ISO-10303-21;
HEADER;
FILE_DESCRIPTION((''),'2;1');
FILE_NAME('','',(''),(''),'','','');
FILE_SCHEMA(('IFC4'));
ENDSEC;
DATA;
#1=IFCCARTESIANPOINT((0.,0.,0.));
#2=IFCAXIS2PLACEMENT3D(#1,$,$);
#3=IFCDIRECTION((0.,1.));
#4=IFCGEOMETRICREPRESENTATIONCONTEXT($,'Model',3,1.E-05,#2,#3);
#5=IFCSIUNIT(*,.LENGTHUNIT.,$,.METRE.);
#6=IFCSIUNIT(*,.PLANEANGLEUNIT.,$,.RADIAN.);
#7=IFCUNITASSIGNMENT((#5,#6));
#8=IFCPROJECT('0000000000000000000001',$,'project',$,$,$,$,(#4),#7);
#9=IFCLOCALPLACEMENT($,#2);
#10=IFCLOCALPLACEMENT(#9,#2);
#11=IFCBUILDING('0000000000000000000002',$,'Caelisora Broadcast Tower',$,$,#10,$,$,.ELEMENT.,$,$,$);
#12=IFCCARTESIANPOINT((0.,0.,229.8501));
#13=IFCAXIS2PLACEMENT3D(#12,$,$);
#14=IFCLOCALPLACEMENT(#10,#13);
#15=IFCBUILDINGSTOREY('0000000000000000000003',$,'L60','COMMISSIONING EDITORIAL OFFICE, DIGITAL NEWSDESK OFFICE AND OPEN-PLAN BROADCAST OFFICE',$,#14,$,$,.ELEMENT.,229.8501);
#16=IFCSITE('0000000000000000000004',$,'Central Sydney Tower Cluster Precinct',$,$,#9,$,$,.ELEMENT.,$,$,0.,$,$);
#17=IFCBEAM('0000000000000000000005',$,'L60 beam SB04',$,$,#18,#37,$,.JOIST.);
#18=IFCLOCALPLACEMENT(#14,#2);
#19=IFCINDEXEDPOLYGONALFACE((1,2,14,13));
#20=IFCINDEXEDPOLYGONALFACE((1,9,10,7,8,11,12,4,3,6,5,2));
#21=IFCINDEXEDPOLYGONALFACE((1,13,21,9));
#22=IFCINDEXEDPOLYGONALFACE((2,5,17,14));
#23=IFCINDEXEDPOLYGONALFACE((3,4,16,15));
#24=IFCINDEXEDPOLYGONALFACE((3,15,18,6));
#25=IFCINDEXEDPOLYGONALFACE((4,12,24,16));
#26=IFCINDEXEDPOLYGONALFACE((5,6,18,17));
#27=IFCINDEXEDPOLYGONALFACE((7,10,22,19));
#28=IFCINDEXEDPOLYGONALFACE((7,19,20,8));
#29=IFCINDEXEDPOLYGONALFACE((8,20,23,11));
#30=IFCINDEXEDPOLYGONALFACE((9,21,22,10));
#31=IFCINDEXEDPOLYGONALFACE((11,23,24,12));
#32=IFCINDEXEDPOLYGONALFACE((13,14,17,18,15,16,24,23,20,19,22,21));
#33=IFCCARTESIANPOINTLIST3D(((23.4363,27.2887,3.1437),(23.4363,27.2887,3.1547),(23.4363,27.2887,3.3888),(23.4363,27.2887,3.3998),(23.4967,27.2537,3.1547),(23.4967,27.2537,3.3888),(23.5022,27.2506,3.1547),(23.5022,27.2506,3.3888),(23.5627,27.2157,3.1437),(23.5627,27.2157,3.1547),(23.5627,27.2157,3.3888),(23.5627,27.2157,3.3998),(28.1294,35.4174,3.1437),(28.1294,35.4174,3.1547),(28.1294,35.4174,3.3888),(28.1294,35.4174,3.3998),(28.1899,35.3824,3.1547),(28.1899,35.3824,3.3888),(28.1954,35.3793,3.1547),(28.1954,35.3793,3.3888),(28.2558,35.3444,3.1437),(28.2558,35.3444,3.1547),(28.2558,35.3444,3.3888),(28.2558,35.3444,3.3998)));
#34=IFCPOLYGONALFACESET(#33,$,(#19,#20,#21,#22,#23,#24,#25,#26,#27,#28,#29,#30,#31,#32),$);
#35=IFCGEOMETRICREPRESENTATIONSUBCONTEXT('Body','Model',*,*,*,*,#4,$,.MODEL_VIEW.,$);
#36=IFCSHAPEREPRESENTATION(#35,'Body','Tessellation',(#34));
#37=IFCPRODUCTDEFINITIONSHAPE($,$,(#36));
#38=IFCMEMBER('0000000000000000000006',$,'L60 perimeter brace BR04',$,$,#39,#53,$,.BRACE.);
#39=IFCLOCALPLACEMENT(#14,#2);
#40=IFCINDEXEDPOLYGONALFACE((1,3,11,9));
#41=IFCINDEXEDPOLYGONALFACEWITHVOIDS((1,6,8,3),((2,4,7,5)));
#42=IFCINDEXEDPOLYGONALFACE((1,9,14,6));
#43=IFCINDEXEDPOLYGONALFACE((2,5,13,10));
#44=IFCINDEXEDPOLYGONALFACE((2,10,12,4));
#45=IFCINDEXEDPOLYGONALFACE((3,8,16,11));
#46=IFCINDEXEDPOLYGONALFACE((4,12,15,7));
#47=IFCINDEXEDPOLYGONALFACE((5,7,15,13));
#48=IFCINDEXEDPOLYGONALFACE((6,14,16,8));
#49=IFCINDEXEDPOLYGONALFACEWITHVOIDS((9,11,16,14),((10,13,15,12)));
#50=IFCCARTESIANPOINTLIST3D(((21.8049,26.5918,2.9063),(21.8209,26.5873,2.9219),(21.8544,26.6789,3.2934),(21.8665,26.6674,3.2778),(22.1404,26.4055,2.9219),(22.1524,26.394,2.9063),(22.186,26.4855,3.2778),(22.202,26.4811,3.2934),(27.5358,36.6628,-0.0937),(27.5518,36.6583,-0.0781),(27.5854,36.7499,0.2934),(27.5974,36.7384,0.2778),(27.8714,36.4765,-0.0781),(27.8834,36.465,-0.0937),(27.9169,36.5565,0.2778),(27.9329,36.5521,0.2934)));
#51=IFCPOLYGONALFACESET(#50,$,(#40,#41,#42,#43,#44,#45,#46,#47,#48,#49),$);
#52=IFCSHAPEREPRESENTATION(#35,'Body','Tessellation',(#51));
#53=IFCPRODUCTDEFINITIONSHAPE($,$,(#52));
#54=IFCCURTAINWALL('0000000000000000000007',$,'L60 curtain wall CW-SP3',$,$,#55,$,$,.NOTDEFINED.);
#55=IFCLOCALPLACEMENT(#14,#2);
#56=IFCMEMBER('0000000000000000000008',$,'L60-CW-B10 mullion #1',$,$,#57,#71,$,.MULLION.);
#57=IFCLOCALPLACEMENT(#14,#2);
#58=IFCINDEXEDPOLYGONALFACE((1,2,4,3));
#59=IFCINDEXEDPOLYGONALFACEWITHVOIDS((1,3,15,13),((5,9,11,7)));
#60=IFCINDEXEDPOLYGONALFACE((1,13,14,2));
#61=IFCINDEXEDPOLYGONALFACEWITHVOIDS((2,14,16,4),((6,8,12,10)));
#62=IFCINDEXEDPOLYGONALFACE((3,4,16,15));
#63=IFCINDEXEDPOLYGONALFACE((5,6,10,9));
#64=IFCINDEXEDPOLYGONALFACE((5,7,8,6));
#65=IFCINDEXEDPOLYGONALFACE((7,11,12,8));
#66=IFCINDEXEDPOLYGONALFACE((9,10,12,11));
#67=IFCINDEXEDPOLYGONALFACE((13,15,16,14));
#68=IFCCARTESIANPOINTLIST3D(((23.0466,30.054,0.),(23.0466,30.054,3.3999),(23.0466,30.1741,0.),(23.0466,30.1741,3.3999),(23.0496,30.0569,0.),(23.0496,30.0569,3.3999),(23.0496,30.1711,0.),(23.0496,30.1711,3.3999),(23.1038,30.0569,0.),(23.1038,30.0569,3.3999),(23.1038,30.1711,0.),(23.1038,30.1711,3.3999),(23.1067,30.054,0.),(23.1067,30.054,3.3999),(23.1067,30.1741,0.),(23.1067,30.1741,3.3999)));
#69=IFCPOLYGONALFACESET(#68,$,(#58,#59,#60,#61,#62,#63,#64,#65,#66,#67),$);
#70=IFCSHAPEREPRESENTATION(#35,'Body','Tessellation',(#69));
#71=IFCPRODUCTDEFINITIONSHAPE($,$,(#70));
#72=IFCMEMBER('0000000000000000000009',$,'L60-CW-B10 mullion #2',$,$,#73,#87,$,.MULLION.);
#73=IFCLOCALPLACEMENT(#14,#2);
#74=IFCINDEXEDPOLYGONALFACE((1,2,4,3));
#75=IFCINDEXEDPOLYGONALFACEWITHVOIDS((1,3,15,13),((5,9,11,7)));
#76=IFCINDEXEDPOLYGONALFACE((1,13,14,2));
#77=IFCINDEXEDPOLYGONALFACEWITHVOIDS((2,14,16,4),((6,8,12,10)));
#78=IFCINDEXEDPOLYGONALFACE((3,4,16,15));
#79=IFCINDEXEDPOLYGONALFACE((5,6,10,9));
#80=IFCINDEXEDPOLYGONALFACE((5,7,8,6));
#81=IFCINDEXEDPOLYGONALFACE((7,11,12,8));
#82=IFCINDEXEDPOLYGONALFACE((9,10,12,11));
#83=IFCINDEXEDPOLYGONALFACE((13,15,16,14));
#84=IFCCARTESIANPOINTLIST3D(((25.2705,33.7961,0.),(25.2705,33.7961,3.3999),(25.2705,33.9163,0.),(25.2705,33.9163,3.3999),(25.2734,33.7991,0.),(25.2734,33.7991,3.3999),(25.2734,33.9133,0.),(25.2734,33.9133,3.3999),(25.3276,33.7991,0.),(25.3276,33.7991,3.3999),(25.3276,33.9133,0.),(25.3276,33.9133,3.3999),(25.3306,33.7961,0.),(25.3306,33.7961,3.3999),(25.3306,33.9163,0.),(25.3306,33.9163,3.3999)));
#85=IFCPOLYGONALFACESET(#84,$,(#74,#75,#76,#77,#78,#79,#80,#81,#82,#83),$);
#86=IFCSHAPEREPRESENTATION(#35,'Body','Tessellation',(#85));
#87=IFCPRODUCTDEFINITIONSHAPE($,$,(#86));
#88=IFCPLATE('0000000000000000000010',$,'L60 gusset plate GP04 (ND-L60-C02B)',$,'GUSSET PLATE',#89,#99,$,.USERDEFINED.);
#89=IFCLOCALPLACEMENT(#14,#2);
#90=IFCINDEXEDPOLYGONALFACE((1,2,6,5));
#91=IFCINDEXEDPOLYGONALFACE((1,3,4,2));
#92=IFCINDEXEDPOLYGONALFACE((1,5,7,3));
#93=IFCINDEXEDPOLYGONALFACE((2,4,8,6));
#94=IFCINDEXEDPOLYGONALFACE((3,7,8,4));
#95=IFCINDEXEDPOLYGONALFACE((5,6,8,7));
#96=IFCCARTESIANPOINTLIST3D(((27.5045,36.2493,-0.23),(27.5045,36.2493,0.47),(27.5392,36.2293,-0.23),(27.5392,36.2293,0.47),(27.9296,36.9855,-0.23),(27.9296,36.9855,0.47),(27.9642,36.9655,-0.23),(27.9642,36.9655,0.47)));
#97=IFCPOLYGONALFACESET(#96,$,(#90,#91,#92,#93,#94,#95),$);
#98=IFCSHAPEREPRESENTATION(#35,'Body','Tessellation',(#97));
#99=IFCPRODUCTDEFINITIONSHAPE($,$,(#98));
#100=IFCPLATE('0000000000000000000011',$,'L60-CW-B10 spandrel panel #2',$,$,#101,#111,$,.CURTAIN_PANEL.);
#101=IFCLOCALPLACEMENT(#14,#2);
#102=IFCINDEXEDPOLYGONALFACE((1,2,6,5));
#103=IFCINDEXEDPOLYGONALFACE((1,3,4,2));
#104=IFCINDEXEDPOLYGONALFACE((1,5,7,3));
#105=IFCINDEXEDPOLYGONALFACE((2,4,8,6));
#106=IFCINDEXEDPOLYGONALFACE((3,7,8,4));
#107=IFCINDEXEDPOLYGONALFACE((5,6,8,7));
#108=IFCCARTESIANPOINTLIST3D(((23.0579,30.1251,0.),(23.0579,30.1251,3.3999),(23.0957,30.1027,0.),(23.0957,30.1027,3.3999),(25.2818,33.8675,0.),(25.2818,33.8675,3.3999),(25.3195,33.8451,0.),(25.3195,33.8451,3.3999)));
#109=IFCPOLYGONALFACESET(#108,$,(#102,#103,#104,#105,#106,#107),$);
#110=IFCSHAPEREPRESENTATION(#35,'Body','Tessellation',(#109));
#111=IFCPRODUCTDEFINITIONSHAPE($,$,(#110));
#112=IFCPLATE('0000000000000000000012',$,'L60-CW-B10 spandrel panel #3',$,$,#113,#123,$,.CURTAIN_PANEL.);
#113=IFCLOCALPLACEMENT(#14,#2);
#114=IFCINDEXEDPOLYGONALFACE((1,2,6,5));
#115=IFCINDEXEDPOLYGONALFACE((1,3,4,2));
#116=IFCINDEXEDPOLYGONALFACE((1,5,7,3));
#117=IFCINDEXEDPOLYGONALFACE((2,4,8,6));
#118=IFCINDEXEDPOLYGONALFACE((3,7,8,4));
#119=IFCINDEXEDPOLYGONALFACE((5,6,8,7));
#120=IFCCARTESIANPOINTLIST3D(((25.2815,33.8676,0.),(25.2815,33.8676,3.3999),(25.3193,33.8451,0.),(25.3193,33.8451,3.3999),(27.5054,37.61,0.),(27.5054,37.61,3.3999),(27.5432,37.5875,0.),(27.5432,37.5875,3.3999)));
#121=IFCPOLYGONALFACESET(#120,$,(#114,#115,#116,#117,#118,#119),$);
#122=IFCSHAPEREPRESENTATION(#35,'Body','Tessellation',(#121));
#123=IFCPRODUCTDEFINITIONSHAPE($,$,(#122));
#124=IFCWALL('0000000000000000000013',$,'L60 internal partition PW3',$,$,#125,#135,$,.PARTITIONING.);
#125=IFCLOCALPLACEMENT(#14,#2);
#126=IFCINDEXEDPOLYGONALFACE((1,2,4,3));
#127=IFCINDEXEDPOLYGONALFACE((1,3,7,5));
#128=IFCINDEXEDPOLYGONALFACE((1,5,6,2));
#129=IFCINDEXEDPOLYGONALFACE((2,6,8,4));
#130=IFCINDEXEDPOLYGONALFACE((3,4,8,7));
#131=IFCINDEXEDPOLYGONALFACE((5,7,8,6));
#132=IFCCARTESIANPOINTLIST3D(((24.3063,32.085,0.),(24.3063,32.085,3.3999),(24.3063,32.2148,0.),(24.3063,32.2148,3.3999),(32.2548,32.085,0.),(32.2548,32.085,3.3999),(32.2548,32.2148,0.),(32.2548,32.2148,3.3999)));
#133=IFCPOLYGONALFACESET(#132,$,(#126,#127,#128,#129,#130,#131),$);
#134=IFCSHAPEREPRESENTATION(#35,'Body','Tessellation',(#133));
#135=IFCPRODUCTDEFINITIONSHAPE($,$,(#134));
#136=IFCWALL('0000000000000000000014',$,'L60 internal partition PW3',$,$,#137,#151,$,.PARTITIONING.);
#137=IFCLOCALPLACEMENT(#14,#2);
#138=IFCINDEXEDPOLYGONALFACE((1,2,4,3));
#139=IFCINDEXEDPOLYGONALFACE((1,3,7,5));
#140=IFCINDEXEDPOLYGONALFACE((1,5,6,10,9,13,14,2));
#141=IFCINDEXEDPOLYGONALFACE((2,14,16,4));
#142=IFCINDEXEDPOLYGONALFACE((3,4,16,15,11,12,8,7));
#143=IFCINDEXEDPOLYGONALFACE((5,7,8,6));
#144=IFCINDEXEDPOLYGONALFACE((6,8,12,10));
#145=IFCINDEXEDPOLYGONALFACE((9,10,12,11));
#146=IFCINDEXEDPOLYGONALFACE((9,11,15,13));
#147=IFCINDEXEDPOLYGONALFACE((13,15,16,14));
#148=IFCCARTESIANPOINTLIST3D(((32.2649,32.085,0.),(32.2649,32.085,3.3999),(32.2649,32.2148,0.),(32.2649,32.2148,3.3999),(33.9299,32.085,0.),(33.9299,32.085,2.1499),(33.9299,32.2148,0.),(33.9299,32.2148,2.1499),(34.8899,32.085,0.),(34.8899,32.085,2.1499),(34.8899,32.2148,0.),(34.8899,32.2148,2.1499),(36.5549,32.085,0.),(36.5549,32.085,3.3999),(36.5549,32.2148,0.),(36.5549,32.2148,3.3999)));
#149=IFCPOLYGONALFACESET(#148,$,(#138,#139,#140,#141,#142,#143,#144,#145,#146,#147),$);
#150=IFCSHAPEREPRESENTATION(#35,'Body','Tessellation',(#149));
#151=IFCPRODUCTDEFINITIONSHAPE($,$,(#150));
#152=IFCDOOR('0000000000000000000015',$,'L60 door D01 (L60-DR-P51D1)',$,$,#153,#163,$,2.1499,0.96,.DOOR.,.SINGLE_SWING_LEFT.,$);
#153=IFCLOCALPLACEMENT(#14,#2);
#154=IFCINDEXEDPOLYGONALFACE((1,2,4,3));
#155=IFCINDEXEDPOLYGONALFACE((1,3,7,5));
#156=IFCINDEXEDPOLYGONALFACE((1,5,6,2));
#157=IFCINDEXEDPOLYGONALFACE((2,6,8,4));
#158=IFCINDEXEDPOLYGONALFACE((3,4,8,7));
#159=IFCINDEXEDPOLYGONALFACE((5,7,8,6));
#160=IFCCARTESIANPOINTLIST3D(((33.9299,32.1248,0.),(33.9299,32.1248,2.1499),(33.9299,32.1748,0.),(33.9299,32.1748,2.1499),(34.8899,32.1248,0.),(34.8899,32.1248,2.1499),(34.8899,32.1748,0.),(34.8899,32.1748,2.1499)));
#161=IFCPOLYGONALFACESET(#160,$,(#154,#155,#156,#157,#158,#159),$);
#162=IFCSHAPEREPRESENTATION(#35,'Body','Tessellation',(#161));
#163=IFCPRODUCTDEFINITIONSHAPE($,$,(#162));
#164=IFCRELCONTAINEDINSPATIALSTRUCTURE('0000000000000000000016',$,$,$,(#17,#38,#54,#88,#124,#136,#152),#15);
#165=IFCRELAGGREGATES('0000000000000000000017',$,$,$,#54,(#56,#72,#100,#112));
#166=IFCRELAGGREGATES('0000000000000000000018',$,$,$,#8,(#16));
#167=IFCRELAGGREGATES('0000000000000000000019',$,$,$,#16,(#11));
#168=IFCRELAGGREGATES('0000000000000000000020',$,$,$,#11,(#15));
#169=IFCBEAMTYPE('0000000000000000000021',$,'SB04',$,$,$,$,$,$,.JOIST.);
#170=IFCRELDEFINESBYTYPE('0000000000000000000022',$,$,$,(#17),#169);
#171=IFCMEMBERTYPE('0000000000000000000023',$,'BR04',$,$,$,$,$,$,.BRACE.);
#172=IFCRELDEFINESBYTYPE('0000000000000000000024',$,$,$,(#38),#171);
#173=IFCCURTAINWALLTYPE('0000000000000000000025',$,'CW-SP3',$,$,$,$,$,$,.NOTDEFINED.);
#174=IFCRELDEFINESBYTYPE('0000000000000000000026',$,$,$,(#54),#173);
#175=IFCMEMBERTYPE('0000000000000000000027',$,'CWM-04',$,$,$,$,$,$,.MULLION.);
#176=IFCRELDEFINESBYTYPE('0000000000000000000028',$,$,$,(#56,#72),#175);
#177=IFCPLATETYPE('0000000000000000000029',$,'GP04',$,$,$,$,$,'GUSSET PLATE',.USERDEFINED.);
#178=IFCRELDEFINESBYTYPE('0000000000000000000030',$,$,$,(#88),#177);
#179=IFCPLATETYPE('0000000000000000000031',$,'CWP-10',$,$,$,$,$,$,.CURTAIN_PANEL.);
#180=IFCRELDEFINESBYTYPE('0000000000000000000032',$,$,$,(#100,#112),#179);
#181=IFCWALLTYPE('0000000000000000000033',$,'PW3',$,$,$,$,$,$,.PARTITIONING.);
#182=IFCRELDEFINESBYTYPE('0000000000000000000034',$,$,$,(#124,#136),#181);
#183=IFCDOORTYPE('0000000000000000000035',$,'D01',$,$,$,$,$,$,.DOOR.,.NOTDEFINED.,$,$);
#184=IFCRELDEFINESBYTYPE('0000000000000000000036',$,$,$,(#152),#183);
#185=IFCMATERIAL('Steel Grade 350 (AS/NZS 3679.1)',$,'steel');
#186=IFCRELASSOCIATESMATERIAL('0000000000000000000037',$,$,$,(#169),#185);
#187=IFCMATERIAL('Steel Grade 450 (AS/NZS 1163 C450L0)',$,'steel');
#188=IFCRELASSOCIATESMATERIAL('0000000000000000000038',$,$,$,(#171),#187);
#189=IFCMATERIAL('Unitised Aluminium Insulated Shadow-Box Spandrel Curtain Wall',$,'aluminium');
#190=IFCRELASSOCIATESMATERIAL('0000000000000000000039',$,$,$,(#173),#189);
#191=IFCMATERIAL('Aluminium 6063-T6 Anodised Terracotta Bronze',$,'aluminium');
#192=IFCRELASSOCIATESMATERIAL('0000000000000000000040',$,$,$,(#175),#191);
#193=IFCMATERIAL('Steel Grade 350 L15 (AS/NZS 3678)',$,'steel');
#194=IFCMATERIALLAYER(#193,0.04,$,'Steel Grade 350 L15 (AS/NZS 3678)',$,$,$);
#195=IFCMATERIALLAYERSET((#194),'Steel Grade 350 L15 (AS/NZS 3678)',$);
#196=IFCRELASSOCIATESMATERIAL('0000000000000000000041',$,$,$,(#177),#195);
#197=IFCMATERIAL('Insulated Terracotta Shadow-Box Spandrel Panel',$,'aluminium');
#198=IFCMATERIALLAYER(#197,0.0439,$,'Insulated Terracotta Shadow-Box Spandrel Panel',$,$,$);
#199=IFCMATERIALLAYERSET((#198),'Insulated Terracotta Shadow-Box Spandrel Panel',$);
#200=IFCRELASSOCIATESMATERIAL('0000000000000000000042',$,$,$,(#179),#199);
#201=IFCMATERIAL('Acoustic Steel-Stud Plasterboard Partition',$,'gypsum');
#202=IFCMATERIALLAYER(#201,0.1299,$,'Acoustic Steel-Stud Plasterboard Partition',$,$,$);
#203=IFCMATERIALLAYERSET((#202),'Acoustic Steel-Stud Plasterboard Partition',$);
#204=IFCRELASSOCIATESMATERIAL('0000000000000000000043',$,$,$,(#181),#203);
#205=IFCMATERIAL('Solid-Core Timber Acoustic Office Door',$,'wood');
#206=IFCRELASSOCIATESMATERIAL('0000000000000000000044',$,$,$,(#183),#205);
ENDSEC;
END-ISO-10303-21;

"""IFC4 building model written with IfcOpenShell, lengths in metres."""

from ifc_helpers import new_model, si_unit, direction, frame, frame_2d, origin, origin_2d, place, context, subcontext, project, spatial, rectangle, hollow_rectangle, i_section, extrude, source, transform, mapped, material, layer, layer_set, material_profile, profile_set, type_object, type_shapes, element, fill, aggregate, save


model = new_model("IFC4")

# Units and contexts
model_context = context("Model", 3, precision=1e-05, world=origin(), true_north=direction((0.0, 1.0)))
body_context = subcontext(model_context, "Body", "Model", "MODEL_VIEW")
ifc_project = project(units=[si_unit("LENGTHUNIT", "METRE"), si_unit("PLANEANGLEUNIT", "RADIAN")], contexts=[model_context])

# Site, building, storey
site_placement = place(None, origin())
site = spatial("IfcSite", under=ifc_project, at=site_placement, Name="Central Sydney Tower Cluster Precinct", CompositionType="ELEMENT", RefElevation=0.0)
building_placement = place(site_placement, origin())
building = spatial("IfcBuilding", under=site, at=building_placement, Name="Caelisora Broadcast Tower", CompositionType="ELEMENT")
storey_placement = place(building_placement, frame((0.0, 0.0, 229.8501)))
storey = spatial("IfcBuildingStorey", under=building, at=storey_placement, Name="L60", Description="COMMISSIONING EDITORIAL OFFICE, DIGITAL NEWSDESK OFFICE AND OPEN-PLAN BROADCAST OFFICE", CompositionType="ELEMENT", Elevation=229.8501)

# Shared definitions
ifc_material_1 = material(Name="Steel Grade 350 L15 (AS/NZS 3678)", Category="steel")

# Beam
ifc_material_2 = material(Name="Steel Grade 350 (AS/NZS 3679.1)", Category="steel")
ifc_material_profile_1 = material_profile(ifc_material_2, i_section(OverallWidth=0.146, OverallDepth=0.2561, WebThickness=0.0063, FlangeThickness=0.011, at=origin_2d()), Name="Steel Grade 350 (AS/NZS 3679.1)")
ifc_profile_set_1 = profile_set([ifc_material_profile_1], Name="Steel Grade 350 (AS/NZS 3679.1)")
beam_type_1 = type_object("IfcBeamType", Name="SB04", PredefinedType="JOIST", material=ifc_profile_set_1)
shared_shape_1 = source(origin(), body_context, "Body", "SweptSolid", [
    extrude(i_section(OverallWidth=0.146, OverallDepth=0.2561, WebThickness=0.0063, FlangeThickness=0.011, at=origin_2d()), origin(), (0.0, 0.0, 1.0), 9.3862),
])
beam_1_placement = place(storey_placement, frame((28.1926, 35.3809, 3.2717), z_axis=(-0.500002, -0.866024, 0.0), x_axis=(0.866024, -0.500002, 0.0)))
element("IfcBeam", 1, at=beam_1_placement, inside=storey, type_object=beam_type_1, Name="L60 beam SB04", PredefinedType="JOIST", context=body_context, shape_type="MappedRepresentation", body=[
    mapped(shared_shape_1, transform((0.0, 0.0, 0.0), scale=1.0)),
])

# Member
ifc_material_3 = material(Name="Steel Grade 450 (AS/NZS 1163 C450L0)", Category="steel")
ifc_material_profile_2 = material_profile(ifc_material_3, hollow_rectangle(XDim=0.3999, YDim=0.3999, WallThickness=0.0161, at=origin_2d()), Name="Steel Grade 450 (AS/NZS 1163 C450L0)")
ifc_profile_set_2 = profile_set([ifc_material_profile_2], Name="Steel Grade 450 (AS/NZS 1163 C450L0)")
member_type_1 = type_object("IfcMemberType", Name="BR04", PredefinedType="BRACE", material=ifc_profile_set_2)
shared_shape_2 = source(origin(), body_context, "Body", "SweptSolid", [
    extrude(hollow_rectangle(XDim=0.3999, YDim=0.3999, WallThickness=0.0161, at=origin_2d()), origin(), (0.0, 0.0, 1.0), 11.9695),
])
type_shapes(member_type_1, [shared_shape_2])
member_1_placement = place(storey_placement, frame((27.7344, 36.6074, 0.0999), z_axis=(-0.478795, -0.84139, 0.250636), x_axis=(0.869131, -0.494582, 0.0)))
element("IfcMember", 2, at=member_1_placement, inside=storey, type_object=member_type_1, Name="L60 perimeter brace BR04", PredefinedType="BRACE", context=body_context, shape_type="MappedRepresentation", body=[
    mapped(shared_shape_2, transform((0.0, 0.0, 0.0), scale=1.0)),
])

# Curtain wall, members
ifc_material_4 = material(Name="Unitised Aluminium Insulated Shadow-Box Spandrel Curtain Wall", Category="aluminium")
curtain_wall_type = type_object("IfcCurtainWallType", Name="CW-SP3", PredefinedType="NOTDEFINED", material=ifc_material_4)
curtain_wall_placement = place(storey_placement, origin())
curtain_wall = element("IfcCurtainWall", 3, at=curtain_wall_placement, inside=storey, type_object=curtain_wall_type, Name="L60 curtain wall CW-SP3", PredefinedType="NOTDEFINED")
ifc_material_5 = material(Name="Aluminium 6063-T6 Anodised Terracotta Bronze", Category="aluminium")
ifc_material_profile_3 = material_profile(ifc_material_5, hollow_rectangle(XDim=0.0601, YDim=0.1201, WallThickness=0.0029, at=origin_2d()), Name="Aluminium 6063-T6 Anodised Terracotta Bronze")
ifc_profile_set_3 = profile_set([ifc_material_profile_3], Name="Aluminium 6063-T6 Anodised Terracotta Bronze")
member_type_2 = type_object("IfcMemberType", Name="CWM-04", PredefinedType="MULLION", material=ifc_profile_set_3)
shared_shape_3 = source(origin(), body_context, "Body", "SweptSolid", [
    extrude(hollow_rectangle(XDim=0.0601, YDim=0.1201, WallThickness=0.0029, at=origin_2d()), origin(), (0.0, 0.0, 1.0), 3.3999),
])
type_shapes(member_type_2, [shared_shape_3])
member_2_placement = place(storey_placement, frame((23.0767, 30.114, 0.0), z_axis=(0.0, 0.0, 1.0), x_axis=(1.0, 0.0, 0.0)))
member_2 = element("IfcMember", 4, at=member_2_placement, type_object=member_type_2, Name="L60-CW-B10 mullion #1", PredefinedType="MULLION", context=body_context, shape_type="MappedRepresentation", body=[
    mapped(shared_shape_3, transform((0.0, 0.0, 0.0), scale=1.0)),
])
member_3_placement = place(storey_placement, frame((25.3005, 33.8562, 0.0), z_axis=(0.0, 0.0, 1.0), x_axis=(1.0, 0.0, 0.0)))
member_3 = element("IfcMember", 5, at=member_3_placement, type_object=member_type_2, Name="L60-CW-B10 mullion #2", PredefinedType="MULLION", context=body_context, shape_type="MappedRepresentation", body=[
    mapped(shared_shape_3, transform((0.0, 0.0, 0.0), scale=1.0)),
])

# Plates
ifc_layer_1 = layer(ifc_material_1, 0.04, Name="Steel Grade 350 L15 (AS/NZS 3678)")
ifc_layer_set_1 = layer_set([ifc_layer_1], Name="Steel Grade 350 L15 (AS/NZS 3678)")
plate_type_1 = type_object("IfcPlateType", Name="GP04", ElementType="GUSSET PLATE", PredefinedType="USERDEFINED", material=ifc_layer_set_1)
shared_shape_4 = source(origin(), body_context, "Body", "SweptSolid", [
    extrude(rectangle(XDim=0.8501, YDim=0.04, at=origin_2d()), origin(), (0.0, 0.0, 1.0), 0.7),
])
type_shapes(plate_type_1, [shared_shape_4])
plate_1_placement = place(storey_placement, frame((27.7344, 36.6074, -0.23), z_axis=(0.0, 0.0, 1.0), x_axis=(-0.5, -0.866025, 0.0)))
element("IfcPlate", 6, at=plate_1_placement, inside=storey, type_object=plate_type_1, Name="L60 gusset plate GP04 (ND-L60-C02B)", ObjectType="GUSSET PLATE", PredefinedType="USERDEFINED", context=body_context, shape_type="MappedRepresentation", body=[
    mapped(shared_shape_4, transform((0.0, 0.0, 0.0), scale=1.0)),
])
ifc_material_6 = material(Name="Insulated Terracotta Shadow-Box Spandrel Panel", Category="aluminium")
ifc_layer_2 = layer(ifc_material_6, 0.0439, Name="Insulated Terracotta Shadow-Box Spandrel Panel")
ifc_layer_set_2 = layer_set([ifc_layer_2], Name="Insulated Terracotta Shadow-Box Spandrel Panel")
plate_type_2 = type_object("IfcPlateType", Name="CWP-10", PredefinedType="CURTAIN_PANEL", material=ifc_layer_set_2)
shared_shape_5 = source(origin(), body_context, "Body", "SweptSolid", [
    extrude(rectangle(XDim=4.3533, YDim=0.0439, at=origin_2d()), origin(), (0.0, 0.0, 1.0), 3.3999),
])
type_shapes(plate_type_2, [shared_shape_5])
plate_2_placement = place(storey_placement, frame((24.1887, 31.9851, 0.0), z_axis=(0.0, 0.0, 1.0), x_axis=(0.510843, 0.859674, 0.0)))
plate_2 = element("IfcPlate", 7, at=plate_2_placement, type_object=plate_type_2, Name="L60-CW-B10 spandrel panel #2", PredefinedType="CURTAIN_PANEL", context=body_context, shape_type="MappedRepresentation", body=[
    mapped(shared_shape_5, transform((0.0, 0.0, 0.0), scale=1.0)),
])
plate_3_placement = place(storey_placement, frame((26.4124, 35.7275, 0.0), z_axis=(0.0, 0.0, 1.0), x_axis=(0.510843, 0.859674, 0.0)))
plate_3 = element("IfcPlate", 8, at=plate_3_placement, type_object=plate_type_2, Name="L60-CW-B10 spandrel panel #3", PredefinedType="CURTAIN_PANEL", context=body_context, shape_type="MappedRepresentation", body=[
    mapped(shared_shape_5, transform((0.0, 0.0, 0.0), scale=1.0)),
])
aggregate(curtain_wall, [member_2, member_3, plate_2, plate_3])

# Wall
ifc_material_7 = material(Name="Acoustic Steel-Stud Plasterboard Partition", Category="gypsum")
ifc_layer_3 = layer(ifc_material_7, 0.1299, Name="Acoustic Steel-Stud Plasterboard Partition")
ifc_layer_set_3 = layer_set([ifc_layer_3], Name="Acoustic Steel-Stud Plasterboard Partition")
wall_type = type_object("IfcWallType", Name="PW3", PredefinedType="PARTITIONING", material=ifc_layer_set_3)
wall_1_placement = place(storey_placement, frame((24.3064, 32.1499, 0.0), z_axis=(0.0, 0.0, 1.0), x_axis=(1.0, 0.0, 0.0)))
element("IfcWall", 9, at=wall_1_placement, inside=storey, type_object=wall_type, Name="L60 internal partition PW3", PredefinedType="PARTITIONING", context=body_context, shape_type="SweptSolid", body=[
    extrude(rectangle(XDim=7.9485, YDim=0.1299, at=frame_2d((3.9741, 0.0))), origin(), (0.0, 0.0, 1.0), 3.3999),
])

# Wall, opening, door
wall_2_placement = place(storey_placement, frame((32.2649, 32.1499, 0.0), z_axis=(0.0, 0.0, 1.0), x_axis=(1.0, 0.0, 0.0)))
wall_2 = element("IfcWall", 10, at=wall_2_placement, inside=storey, type_object=wall_type, Name="L60 internal partition PW3", PredefinedType="PARTITIONING", context=body_context, shape_type="SweptSolid", body=[
    extrude(rectangle(XDim=4.29, YDim=0.1299, at=frame_2d((2.145, 0.0))), origin(), (0.0, 0.0, 1.0), 3.3999),
])
opening_1_placement = place(wall_2_placement, frame((1.665, 0.0, 0.0)))
opening_1 = element("IfcOpeningElement", 11, at=opening_1_placement, cuts=wall_2, PredefinedType="OPENING", context=body_context, shape_type="SweptSolid", body=[
    extrude(rectangle(XDim=0.96, YDim=2.1499, at=frame_2d((0.48, 1.075))), frame((0.0, 0.0769, 0.0), z_axis=(0.0, -1.0, 0.0), x_axis=(1.0, 0.0, 0.0)), (0.0, 0.0, 1.0), 0.1538),
])
ifc_material_8 = material(Name="Solid-Core Timber Acoustic Office Door", Category="wood")
door_type = type_object("IfcDoorType", Name="D01", OperationType="NOTDEFINED", PredefinedType="DOOR", material=ifc_material_8)
door_1_placement = place(opening_1_placement, origin())
door_1 = element("IfcDoor", 12, at=door_1_placement, inside=storey, type_object=door_type, Name="L60 door D01 (L60-DR-P51D1)", OperationType="SINGLE_SWING_LEFT", OverallHeight=2.1499, OverallWidth=0.96, PredefinedType="DOOR", context=body_context, shape_type="SweptSolid", body=[
    extrude(rectangle(XDim=0.96, YDim=2.1499, at=frame_2d((0.48, 1.075))), frame((0.0, 0.0249, 0.0), z_axis=(0.0, -1.0, 0.0), x_axis=(1.0, 0.0, 0.0)), (0.0, 0.0, 1.0), 0.05),
])
fill(opening_1, door_1)

save(model, "model.ifc")
